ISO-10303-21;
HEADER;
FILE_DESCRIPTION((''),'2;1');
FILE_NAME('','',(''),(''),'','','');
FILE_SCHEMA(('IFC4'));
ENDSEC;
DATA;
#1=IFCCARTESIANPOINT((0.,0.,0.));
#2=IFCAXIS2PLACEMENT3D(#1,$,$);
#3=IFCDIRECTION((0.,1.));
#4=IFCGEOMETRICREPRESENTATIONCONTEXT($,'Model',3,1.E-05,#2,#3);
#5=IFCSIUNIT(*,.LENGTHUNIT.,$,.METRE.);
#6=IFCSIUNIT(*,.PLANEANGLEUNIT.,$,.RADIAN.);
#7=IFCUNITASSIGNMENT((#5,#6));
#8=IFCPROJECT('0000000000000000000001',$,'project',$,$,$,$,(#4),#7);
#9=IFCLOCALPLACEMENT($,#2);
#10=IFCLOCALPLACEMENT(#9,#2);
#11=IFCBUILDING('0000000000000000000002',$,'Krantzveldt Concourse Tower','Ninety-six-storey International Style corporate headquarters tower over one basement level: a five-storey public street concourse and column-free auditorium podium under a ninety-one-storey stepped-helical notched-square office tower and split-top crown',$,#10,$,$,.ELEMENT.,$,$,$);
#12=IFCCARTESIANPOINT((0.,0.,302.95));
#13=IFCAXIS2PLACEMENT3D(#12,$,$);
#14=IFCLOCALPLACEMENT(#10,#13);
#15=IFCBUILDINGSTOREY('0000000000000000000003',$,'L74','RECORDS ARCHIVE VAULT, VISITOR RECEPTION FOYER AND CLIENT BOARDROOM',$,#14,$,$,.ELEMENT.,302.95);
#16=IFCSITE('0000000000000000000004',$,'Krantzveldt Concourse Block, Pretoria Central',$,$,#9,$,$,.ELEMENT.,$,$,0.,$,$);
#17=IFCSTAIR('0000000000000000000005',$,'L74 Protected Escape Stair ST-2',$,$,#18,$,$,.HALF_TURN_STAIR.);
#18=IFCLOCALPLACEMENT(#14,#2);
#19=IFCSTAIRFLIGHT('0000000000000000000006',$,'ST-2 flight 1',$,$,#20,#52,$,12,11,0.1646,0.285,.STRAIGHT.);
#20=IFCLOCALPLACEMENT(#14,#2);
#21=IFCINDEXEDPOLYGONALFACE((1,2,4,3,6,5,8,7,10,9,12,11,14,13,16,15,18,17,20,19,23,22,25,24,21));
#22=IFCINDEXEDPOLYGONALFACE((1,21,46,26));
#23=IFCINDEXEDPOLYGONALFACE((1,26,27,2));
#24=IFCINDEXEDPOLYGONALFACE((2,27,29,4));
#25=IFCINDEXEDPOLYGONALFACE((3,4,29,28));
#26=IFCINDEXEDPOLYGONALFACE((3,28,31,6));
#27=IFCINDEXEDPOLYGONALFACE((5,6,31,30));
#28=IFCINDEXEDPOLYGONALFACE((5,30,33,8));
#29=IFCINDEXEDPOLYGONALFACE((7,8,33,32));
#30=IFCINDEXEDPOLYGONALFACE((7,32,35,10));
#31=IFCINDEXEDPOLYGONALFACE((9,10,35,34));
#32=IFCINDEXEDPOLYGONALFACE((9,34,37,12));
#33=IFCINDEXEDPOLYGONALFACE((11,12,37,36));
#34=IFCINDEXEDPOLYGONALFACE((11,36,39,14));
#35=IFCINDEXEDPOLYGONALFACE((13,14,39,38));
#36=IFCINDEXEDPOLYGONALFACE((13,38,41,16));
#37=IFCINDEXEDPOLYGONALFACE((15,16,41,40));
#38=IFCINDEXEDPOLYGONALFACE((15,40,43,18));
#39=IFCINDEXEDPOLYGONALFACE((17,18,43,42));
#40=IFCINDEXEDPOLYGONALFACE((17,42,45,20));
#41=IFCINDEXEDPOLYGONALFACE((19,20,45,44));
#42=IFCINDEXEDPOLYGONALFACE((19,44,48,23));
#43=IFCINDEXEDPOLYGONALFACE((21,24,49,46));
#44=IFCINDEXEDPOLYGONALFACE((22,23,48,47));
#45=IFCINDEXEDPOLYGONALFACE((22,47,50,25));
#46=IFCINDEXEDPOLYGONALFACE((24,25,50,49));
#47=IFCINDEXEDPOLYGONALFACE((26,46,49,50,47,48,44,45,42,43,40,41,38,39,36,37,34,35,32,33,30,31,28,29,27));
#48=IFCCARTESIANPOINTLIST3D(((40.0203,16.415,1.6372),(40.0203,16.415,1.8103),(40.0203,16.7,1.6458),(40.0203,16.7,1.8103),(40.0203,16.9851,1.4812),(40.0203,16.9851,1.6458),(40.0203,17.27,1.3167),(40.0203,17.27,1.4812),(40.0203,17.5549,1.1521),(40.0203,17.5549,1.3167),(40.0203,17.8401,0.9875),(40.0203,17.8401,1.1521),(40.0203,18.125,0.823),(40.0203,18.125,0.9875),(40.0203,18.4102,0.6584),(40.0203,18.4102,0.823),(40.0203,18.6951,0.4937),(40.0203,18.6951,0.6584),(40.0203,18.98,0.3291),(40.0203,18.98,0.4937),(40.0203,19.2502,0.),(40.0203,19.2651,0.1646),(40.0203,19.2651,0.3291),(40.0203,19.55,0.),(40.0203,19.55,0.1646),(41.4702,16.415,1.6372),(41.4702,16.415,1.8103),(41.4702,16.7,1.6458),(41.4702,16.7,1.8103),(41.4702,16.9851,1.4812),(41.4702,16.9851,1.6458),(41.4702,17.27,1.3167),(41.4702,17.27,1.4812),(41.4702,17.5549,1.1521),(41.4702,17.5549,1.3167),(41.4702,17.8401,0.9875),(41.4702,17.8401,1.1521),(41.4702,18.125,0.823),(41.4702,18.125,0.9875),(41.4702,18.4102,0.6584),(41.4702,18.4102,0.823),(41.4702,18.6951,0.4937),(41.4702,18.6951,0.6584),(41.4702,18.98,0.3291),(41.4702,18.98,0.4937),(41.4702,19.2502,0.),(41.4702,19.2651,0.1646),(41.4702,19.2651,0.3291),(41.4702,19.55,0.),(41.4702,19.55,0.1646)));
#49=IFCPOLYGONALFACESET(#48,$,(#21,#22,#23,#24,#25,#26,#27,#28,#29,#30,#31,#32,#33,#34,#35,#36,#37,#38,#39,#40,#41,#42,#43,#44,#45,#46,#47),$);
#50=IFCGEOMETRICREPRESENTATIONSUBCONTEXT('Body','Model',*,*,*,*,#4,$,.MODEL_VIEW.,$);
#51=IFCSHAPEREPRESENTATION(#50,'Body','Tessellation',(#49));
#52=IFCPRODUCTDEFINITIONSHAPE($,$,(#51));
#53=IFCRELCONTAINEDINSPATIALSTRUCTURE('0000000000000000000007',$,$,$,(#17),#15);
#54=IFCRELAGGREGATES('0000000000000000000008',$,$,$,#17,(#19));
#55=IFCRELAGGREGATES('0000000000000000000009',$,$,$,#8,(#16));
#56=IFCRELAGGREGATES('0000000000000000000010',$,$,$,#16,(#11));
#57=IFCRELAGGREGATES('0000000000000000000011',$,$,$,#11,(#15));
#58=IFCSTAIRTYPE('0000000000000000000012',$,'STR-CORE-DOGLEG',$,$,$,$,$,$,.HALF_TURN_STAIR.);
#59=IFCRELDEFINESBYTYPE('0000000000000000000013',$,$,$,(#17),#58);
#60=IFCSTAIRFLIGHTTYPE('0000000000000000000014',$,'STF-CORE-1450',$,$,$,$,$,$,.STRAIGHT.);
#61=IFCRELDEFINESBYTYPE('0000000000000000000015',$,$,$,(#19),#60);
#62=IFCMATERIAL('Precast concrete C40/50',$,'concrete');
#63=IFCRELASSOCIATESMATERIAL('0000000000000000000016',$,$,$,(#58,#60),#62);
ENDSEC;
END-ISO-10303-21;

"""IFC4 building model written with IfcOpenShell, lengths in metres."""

from ifc_helpers import new_model, si_unit, direction, frame, origin, place, context, subcontext, project, spatial, polyline, outline, extrude, material, type_object, element, aggregate, save


model = new_model("IFC4")

# Units and contexts
model_context = context("Model", 3, precision=1e-05, world=origin(), true_north=direction((0.0, 1.0)))
body_context = subcontext(model_context, "Body", "Model", "MODEL_VIEW")
ifc_project = project(units=[si_unit("LENGTHUNIT", "METRE"), si_unit("PLANEANGLEUNIT", "RADIAN")], contexts=[model_context])

# Site, building, storey
site_placement = place(None, origin())
site = spatial("IfcSite", under=ifc_project, at=site_placement, Name="Krantzveldt Concourse Block, Pretoria Central", CompositionType="ELEMENT", RefElevation=0.0)
building_placement = place(site_placement, origin())
building = spatial("IfcBuilding", under=site, at=building_placement, Name="Krantzveldt Concourse Tower", Description="Ninety-six-storey International Style corporate headquarters tower over one basement level: a five-storey public street concourse and column-free auditorium podium under a ninety-one-storey stepped-helical notched-square office tower and split-top crown", CompositionType="ELEMENT")
storey_placement = place(building_placement, frame((0.0, 0.0, 302.95)))
storey = spatial("IfcBuildingStorey", under=building, at=storey_placement, Name="L74", Description="RECORDS ARCHIVE VAULT, VISITOR RECEPTION FOYER AND CLIENT BOARDROOM", CompositionType="ELEMENT", Elevation=302.95)

# Stair, stair flight
ifc_material_1 = material(Name="Precast concrete C40/50", Category="concrete")
stair_type = type_object("IfcStairType", Name="STR-CORE-DOGLEG", PredefinedType="HALF_TURN_STAIR", material=ifc_material_1)
stair_placement = place(storey_placement, origin())
stair = element("IfcStair", 1, at=stair_placement, inside=storey, type_object=stair_type, Name="L74 Protected Escape Stair ST-2", PredefinedType="HALF_TURN_STAIR")
stair_flight_type = type_object("IfcStairFlightType", Name="STF-CORE-1450", PredefinedType="STRAIGHT", material=ifc_material_1)
stair_flight_placement = place(storey_placement, frame((40.7451, 19.55, 0.0), z_axis=(0.0, 0.0, 1.0), x_axis=(0.0, -1.0, 0.0)))
stair_flight = element("IfcStairFlight", 2, at=stair_flight_placement, type_object=stair_flight_type, Name="ST-2 flight 1", NumberOfRisers=12, NumberOfTreads=11, PredefinedType="STRAIGHT", RiserHeight=0.1646, TreadLength=0.285, context=body_context, shape_type="SweptSolid", body=[
    extrude(outline(polyline([(0.0, 0.0), (0.0, 0.1646), (0.2849, 0.1646), (0.2849, 0.3291), (0.5701, 0.3291), (0.5701, 0.4937), (0.855, 0.4937), (0.855, 0.6584), (1.1399, 0.6584), (1.1399, 0.823), (1.425, 0.823), (1.425, 0.9875), (1.71, 0.9875), (1.71, 1.1521), (1.9951, 1.1521), (1.9951, 1.3167), (2.28, 1.3167), (2.28, 1.4812), (2.5649, 1.4812), (2.5649, 1.6458), (2.8501, 1.6458), (2.8501, 1.8103), (3.135, 1.8103), (3.135, 1.9751), (3.135, 1.6372), (0.2998, 0.0), (0.0, 0.0)])), frame((0.0, 0.7251, 0.0), z_axis=(0.0, -1.0, 0.0), x_axis=(1.0, 0.0, 0.0)), (0.0, 0.0, 1.0), 1.45),
])
aggregate(stair, [stair_flight])

save(model, "model.ifc")
